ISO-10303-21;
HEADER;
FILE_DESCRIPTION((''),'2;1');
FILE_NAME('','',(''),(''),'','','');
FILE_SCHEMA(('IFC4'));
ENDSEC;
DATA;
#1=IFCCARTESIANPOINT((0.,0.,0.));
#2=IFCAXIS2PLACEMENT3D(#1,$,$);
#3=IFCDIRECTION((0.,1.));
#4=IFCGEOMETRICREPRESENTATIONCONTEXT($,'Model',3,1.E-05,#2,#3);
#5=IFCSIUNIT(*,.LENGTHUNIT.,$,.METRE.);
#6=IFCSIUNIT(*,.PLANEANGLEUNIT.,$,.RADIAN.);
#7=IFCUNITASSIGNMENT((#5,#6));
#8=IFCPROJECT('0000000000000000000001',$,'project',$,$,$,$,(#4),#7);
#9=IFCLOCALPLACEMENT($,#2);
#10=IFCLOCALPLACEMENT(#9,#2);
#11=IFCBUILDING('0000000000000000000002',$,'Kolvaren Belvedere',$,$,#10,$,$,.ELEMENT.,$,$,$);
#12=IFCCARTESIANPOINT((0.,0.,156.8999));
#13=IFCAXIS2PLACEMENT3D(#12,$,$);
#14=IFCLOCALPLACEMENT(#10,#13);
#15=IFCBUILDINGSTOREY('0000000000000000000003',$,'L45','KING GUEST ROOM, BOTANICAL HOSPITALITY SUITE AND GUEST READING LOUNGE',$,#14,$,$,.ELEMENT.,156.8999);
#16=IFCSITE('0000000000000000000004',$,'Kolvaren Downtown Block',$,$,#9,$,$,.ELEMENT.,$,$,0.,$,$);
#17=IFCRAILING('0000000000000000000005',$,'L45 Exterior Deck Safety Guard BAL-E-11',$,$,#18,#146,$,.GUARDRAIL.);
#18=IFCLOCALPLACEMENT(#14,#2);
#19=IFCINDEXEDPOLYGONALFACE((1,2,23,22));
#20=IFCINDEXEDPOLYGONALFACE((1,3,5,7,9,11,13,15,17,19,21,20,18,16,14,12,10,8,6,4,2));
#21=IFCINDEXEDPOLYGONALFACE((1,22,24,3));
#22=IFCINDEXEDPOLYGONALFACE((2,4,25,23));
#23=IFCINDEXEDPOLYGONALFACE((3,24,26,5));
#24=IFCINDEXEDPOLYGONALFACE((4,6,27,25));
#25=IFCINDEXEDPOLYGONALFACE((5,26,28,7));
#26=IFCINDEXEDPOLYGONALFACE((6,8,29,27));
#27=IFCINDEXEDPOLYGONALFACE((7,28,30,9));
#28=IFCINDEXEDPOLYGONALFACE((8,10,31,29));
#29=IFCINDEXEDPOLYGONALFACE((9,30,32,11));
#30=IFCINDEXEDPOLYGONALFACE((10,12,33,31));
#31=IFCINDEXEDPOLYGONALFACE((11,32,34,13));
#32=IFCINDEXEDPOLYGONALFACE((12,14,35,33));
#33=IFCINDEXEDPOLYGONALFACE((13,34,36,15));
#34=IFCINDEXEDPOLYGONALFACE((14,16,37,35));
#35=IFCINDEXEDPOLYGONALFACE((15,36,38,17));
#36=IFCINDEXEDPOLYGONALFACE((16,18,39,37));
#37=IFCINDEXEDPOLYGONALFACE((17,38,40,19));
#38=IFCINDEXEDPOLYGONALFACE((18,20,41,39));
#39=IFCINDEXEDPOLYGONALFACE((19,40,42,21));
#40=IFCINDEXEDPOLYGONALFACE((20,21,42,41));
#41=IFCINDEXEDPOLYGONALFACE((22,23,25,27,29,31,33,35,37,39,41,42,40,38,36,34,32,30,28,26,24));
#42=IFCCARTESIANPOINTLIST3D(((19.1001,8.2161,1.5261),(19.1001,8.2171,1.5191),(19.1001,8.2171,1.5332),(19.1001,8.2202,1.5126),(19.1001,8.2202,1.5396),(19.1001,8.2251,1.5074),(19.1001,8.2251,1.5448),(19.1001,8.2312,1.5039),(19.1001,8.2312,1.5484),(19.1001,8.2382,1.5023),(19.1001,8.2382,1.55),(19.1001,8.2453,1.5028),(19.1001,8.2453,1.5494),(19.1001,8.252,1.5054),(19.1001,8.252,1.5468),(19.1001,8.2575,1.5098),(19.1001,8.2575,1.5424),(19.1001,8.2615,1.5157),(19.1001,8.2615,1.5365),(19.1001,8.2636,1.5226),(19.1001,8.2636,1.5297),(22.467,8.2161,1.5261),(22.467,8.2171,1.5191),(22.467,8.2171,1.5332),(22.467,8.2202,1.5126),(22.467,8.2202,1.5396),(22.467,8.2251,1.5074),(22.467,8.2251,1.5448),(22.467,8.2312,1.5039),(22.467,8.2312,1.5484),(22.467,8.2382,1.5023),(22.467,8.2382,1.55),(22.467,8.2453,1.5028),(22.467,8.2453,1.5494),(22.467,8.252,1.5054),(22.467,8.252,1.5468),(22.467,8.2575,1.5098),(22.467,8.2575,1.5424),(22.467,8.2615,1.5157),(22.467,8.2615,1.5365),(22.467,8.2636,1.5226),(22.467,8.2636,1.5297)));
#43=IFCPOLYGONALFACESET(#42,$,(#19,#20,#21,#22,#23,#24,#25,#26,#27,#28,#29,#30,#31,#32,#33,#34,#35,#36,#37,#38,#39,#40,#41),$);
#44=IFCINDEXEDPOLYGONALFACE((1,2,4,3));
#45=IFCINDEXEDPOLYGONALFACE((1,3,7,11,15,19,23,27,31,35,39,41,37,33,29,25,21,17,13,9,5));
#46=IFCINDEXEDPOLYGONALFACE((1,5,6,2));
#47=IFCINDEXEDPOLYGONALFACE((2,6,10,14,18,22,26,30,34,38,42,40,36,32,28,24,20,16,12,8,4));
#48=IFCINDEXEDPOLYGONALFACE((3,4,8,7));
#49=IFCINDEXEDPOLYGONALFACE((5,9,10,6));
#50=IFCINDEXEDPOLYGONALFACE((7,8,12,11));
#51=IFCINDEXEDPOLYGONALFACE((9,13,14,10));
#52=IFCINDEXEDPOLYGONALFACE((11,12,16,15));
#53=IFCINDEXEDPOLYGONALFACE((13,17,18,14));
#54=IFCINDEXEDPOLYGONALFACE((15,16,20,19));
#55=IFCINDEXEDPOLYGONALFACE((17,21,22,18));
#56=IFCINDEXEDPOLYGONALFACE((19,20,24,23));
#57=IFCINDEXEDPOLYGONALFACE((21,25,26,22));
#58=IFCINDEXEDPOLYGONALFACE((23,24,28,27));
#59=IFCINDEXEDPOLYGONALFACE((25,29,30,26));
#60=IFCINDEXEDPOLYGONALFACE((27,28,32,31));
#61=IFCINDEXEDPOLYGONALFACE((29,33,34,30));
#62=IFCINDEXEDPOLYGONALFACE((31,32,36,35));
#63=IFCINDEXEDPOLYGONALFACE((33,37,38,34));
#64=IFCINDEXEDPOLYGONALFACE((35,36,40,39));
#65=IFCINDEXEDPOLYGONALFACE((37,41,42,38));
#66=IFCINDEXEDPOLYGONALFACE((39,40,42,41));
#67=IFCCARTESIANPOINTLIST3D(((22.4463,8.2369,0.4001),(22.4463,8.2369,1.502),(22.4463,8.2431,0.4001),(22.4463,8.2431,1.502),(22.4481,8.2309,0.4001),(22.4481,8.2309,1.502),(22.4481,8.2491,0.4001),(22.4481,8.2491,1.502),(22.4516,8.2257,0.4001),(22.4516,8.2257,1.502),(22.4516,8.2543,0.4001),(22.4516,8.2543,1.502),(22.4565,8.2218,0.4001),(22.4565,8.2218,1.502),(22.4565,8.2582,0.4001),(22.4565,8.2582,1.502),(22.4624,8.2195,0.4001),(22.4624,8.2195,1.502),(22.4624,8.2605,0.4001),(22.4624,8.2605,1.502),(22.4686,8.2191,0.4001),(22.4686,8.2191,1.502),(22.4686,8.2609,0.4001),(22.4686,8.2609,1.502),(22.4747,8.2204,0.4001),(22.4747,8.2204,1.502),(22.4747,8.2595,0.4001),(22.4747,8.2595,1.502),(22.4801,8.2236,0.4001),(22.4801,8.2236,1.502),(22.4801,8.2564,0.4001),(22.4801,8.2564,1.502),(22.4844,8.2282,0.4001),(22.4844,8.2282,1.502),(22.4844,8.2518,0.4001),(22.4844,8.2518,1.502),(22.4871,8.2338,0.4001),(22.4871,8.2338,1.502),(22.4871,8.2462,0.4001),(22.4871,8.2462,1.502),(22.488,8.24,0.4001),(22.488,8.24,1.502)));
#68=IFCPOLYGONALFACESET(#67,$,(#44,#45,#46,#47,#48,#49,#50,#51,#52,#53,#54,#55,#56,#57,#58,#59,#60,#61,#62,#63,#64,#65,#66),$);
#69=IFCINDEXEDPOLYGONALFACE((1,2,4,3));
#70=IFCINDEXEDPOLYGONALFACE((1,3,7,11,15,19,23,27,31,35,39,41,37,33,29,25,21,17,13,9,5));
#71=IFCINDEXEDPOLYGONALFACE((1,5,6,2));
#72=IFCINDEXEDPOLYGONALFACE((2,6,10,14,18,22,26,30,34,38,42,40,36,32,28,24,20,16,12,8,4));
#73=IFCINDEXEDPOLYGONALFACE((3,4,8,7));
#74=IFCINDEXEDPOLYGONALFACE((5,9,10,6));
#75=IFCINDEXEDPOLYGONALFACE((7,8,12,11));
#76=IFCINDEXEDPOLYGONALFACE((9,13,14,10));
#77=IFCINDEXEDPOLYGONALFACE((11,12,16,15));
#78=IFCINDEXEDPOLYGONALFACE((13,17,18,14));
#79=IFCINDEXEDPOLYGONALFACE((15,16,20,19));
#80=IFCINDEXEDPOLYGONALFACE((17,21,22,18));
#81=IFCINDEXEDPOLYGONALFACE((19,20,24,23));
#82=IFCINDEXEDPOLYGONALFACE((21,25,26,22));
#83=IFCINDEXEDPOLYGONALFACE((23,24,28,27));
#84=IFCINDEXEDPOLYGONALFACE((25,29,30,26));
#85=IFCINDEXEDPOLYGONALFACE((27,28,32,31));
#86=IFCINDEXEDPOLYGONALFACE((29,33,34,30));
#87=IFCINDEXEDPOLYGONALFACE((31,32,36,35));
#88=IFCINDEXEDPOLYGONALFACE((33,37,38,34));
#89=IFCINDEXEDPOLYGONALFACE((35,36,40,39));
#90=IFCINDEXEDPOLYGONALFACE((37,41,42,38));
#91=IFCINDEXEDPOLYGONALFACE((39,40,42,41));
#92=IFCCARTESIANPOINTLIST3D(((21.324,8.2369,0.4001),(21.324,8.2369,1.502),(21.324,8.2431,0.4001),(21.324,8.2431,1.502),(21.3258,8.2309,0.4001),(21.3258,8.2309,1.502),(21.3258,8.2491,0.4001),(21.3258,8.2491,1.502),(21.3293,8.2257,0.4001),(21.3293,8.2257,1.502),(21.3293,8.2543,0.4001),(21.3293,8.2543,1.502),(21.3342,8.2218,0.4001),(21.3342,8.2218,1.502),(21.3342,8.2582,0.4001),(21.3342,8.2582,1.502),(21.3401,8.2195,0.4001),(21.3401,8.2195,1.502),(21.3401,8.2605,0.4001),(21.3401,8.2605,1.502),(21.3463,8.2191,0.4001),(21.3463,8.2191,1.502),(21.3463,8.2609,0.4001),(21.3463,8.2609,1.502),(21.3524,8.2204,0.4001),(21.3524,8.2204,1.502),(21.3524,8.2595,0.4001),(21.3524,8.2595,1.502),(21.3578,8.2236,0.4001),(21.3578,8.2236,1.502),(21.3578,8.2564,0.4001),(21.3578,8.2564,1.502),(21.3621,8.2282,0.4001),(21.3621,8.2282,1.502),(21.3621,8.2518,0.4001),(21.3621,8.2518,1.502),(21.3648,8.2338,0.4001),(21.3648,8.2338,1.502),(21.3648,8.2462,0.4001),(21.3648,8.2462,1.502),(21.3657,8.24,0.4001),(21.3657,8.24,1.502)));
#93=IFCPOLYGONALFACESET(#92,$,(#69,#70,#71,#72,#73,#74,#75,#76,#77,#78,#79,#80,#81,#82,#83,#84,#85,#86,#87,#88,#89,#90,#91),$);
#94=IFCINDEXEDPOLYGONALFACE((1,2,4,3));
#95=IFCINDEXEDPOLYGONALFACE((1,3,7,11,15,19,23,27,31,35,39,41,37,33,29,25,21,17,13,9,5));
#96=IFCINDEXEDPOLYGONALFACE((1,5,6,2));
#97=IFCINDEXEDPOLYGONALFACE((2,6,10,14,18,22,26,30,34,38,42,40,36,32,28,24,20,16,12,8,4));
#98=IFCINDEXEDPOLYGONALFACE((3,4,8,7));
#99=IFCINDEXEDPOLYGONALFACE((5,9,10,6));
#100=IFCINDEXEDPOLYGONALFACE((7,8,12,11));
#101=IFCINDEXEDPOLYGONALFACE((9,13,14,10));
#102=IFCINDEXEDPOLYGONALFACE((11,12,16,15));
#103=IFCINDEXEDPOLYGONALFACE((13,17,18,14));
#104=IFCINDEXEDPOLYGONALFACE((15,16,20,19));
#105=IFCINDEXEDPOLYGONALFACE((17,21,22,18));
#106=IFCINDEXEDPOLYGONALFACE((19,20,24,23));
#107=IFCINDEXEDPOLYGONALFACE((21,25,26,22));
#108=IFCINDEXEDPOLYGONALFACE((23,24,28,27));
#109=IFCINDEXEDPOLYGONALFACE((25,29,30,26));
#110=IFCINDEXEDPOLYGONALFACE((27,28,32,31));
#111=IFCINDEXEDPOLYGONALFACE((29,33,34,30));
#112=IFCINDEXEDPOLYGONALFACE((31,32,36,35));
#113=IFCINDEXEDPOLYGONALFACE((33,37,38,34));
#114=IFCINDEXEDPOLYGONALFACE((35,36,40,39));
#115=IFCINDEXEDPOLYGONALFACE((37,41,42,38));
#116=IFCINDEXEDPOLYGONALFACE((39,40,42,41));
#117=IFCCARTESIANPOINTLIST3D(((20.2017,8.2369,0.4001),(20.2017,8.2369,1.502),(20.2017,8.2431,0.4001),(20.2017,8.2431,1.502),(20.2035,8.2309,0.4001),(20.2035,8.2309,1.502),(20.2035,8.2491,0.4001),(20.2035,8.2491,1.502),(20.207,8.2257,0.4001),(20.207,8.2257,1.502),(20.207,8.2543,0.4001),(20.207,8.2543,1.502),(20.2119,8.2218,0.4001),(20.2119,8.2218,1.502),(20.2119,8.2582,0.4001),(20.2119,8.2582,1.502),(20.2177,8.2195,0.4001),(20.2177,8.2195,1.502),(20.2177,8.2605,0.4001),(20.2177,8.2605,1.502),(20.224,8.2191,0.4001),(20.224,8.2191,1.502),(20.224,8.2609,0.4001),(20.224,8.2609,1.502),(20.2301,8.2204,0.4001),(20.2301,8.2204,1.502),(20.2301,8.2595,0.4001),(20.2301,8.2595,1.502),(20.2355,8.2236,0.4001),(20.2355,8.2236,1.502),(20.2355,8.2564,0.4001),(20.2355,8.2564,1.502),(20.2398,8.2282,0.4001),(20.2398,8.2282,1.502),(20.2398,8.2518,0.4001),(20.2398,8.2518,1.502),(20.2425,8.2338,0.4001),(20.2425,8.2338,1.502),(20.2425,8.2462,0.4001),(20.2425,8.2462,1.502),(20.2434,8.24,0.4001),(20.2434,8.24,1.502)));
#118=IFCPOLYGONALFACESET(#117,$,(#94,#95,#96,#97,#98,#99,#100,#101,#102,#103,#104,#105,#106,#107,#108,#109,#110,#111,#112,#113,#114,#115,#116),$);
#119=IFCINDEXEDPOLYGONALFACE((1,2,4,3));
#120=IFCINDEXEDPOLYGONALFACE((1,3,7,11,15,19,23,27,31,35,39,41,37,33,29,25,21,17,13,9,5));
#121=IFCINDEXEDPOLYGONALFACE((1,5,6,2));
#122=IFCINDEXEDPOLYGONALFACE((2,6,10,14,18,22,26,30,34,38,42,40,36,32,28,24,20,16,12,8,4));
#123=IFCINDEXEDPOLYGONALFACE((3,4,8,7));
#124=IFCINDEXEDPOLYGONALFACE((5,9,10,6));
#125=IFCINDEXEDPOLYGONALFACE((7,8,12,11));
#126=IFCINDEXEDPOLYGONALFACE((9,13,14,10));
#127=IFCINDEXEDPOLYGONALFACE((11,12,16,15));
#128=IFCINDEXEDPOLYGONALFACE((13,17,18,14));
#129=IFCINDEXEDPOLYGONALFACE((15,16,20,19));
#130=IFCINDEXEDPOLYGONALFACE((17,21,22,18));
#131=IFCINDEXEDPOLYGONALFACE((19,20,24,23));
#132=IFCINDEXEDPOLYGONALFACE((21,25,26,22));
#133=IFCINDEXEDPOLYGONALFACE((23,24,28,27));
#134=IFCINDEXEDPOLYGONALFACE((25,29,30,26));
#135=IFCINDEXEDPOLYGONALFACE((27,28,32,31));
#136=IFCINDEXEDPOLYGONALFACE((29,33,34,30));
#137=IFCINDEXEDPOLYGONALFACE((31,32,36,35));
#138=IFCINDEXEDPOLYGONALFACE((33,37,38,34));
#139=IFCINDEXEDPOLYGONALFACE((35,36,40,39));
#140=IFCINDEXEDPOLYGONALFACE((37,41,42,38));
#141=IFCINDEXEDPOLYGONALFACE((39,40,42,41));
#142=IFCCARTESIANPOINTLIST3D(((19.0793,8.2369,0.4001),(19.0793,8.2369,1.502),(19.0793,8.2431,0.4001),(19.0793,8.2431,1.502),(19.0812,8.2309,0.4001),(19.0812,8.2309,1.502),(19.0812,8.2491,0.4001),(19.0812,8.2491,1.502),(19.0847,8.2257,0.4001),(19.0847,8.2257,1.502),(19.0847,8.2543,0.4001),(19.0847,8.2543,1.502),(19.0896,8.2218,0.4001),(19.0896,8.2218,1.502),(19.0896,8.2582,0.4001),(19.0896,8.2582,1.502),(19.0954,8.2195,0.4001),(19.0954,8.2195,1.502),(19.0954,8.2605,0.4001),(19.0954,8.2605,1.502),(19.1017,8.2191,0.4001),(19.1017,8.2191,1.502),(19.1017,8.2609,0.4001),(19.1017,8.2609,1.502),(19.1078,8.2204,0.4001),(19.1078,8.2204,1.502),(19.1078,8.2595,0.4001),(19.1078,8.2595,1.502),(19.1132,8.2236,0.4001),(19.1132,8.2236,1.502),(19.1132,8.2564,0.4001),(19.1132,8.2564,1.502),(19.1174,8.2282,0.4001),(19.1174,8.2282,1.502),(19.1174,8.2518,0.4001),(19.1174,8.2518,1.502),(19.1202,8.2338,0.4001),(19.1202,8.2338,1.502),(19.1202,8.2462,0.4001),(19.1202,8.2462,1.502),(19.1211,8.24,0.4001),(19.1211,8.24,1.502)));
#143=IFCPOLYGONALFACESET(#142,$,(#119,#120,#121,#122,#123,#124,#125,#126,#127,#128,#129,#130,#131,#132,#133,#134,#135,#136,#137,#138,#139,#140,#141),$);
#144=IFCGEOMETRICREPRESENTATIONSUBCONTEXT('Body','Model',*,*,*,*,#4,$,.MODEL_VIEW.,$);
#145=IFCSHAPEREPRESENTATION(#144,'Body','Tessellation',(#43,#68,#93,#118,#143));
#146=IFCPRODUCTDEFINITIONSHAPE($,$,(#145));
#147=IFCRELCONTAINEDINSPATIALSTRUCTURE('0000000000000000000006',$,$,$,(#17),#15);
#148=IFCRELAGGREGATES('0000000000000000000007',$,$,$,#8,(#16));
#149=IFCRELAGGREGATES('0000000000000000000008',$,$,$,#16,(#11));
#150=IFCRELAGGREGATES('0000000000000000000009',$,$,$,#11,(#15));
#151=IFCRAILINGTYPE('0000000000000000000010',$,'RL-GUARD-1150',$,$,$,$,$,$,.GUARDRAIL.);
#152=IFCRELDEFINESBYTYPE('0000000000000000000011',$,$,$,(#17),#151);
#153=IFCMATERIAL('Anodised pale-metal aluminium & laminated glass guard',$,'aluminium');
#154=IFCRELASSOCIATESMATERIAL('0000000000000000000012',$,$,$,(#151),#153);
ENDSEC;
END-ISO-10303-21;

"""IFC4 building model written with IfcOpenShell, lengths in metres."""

from ifc_helpers import new_model, si_unit, direction, frame, origin, origin_2d, place, context, subcontext, project, spatial, circle, extrude, material, type_object, element, save


model = new_model("IFC4")

# Units and contexts
model_context = context("Model", 3, precision=1e-05, world=origin(), true_north=direction((0.0, 1.0)))
body_context = subcontext(model_context, "Body", "Model", "MODEL_VIEW")
ifc_project = project(units=[si_unit("LENGTHUNIT", "METRE"), si_unit("PLANEANGLEUNIT", "RADIAN")], contexts=[model_context])

# Site, building, storey
site_placement = place(None, origin())
site = spatial("IfcSite", under=ifc_project, at=site_placement, Name="Kolvaren Downtown Block", CompositionType="ELEMENT", RefElevation=0.0)
building_placement = place(site_placement, origin())
building = spatial("IfcBuilding", under=site, at=building_placement, Name="Kolvaren Belvedere", CompositionType="ELEMENT")
storey_placement = place(building_placement, frame((0.0, 0.0, 156.8999)))
storey = spatial("IfcBuildingStorey", under=building, at=storey_placement, Name="L45", Description="KING GUEST ROOM, BOTANICAL HOSPITALITY SUITE AND GUEST READING LOUNGE", CompositionType="ELEMENT", Elevation=156.8999)

# Railing
ifc_material_1 = material(Name="Anodised pale-metal aluminium & laminated glass guard", Category="aluminium")
railing_type = type_object("IfcRailingType", Name="RL-GUARD-1150", PredefinedType="GUARDRAIL", material=ifc_material_1)
railing_1_placement = place(storey_placement, frame((22.467, 8.24, 0.4001)))
element("IfcRailing", 1, at=railing_1_placement, inside=storey, type_object=railing_type, Name="L45 Exterior Deck Safety Guard BAL-E-11", PredefinedType="GUARDRAIL", context=body_context, shape_type="SweptSolid", body=[
    extrude(circle(Radius=0.0239, at=origin_2d()), frame((0.0, 0.0, 1.126), z_axis=(-1.0, 0.0, 0.0), x_axis=(0.0, -1.0, 0.0)), (0.0, 0.0, 1.0), 3.3669),
    extrude(circle(Radius=0.021, at=origin_2d()), origin(), (0.0, 0.0, 1.0), 1.1018),
    extrude(circle(Radius=0.021, at=origin_2d()), frame((-1.1223, 0.0, 0.0)), (0.0, 0.0, 1.0), 1.1018),
    extrude(circle(Radius=0.021, at=origin_2d()), frame((-2.2446, 0.0, 0.0)), (0.0, 0.0, 1.0), 1.1018),
    extrude(circle(Radius=0.021, at=origin_2d()), frame((-3.3669, 0.0, 0.0)), (0.0, 0.0, 1.0), 1.1018),
])

save(model, "model.ifc")
